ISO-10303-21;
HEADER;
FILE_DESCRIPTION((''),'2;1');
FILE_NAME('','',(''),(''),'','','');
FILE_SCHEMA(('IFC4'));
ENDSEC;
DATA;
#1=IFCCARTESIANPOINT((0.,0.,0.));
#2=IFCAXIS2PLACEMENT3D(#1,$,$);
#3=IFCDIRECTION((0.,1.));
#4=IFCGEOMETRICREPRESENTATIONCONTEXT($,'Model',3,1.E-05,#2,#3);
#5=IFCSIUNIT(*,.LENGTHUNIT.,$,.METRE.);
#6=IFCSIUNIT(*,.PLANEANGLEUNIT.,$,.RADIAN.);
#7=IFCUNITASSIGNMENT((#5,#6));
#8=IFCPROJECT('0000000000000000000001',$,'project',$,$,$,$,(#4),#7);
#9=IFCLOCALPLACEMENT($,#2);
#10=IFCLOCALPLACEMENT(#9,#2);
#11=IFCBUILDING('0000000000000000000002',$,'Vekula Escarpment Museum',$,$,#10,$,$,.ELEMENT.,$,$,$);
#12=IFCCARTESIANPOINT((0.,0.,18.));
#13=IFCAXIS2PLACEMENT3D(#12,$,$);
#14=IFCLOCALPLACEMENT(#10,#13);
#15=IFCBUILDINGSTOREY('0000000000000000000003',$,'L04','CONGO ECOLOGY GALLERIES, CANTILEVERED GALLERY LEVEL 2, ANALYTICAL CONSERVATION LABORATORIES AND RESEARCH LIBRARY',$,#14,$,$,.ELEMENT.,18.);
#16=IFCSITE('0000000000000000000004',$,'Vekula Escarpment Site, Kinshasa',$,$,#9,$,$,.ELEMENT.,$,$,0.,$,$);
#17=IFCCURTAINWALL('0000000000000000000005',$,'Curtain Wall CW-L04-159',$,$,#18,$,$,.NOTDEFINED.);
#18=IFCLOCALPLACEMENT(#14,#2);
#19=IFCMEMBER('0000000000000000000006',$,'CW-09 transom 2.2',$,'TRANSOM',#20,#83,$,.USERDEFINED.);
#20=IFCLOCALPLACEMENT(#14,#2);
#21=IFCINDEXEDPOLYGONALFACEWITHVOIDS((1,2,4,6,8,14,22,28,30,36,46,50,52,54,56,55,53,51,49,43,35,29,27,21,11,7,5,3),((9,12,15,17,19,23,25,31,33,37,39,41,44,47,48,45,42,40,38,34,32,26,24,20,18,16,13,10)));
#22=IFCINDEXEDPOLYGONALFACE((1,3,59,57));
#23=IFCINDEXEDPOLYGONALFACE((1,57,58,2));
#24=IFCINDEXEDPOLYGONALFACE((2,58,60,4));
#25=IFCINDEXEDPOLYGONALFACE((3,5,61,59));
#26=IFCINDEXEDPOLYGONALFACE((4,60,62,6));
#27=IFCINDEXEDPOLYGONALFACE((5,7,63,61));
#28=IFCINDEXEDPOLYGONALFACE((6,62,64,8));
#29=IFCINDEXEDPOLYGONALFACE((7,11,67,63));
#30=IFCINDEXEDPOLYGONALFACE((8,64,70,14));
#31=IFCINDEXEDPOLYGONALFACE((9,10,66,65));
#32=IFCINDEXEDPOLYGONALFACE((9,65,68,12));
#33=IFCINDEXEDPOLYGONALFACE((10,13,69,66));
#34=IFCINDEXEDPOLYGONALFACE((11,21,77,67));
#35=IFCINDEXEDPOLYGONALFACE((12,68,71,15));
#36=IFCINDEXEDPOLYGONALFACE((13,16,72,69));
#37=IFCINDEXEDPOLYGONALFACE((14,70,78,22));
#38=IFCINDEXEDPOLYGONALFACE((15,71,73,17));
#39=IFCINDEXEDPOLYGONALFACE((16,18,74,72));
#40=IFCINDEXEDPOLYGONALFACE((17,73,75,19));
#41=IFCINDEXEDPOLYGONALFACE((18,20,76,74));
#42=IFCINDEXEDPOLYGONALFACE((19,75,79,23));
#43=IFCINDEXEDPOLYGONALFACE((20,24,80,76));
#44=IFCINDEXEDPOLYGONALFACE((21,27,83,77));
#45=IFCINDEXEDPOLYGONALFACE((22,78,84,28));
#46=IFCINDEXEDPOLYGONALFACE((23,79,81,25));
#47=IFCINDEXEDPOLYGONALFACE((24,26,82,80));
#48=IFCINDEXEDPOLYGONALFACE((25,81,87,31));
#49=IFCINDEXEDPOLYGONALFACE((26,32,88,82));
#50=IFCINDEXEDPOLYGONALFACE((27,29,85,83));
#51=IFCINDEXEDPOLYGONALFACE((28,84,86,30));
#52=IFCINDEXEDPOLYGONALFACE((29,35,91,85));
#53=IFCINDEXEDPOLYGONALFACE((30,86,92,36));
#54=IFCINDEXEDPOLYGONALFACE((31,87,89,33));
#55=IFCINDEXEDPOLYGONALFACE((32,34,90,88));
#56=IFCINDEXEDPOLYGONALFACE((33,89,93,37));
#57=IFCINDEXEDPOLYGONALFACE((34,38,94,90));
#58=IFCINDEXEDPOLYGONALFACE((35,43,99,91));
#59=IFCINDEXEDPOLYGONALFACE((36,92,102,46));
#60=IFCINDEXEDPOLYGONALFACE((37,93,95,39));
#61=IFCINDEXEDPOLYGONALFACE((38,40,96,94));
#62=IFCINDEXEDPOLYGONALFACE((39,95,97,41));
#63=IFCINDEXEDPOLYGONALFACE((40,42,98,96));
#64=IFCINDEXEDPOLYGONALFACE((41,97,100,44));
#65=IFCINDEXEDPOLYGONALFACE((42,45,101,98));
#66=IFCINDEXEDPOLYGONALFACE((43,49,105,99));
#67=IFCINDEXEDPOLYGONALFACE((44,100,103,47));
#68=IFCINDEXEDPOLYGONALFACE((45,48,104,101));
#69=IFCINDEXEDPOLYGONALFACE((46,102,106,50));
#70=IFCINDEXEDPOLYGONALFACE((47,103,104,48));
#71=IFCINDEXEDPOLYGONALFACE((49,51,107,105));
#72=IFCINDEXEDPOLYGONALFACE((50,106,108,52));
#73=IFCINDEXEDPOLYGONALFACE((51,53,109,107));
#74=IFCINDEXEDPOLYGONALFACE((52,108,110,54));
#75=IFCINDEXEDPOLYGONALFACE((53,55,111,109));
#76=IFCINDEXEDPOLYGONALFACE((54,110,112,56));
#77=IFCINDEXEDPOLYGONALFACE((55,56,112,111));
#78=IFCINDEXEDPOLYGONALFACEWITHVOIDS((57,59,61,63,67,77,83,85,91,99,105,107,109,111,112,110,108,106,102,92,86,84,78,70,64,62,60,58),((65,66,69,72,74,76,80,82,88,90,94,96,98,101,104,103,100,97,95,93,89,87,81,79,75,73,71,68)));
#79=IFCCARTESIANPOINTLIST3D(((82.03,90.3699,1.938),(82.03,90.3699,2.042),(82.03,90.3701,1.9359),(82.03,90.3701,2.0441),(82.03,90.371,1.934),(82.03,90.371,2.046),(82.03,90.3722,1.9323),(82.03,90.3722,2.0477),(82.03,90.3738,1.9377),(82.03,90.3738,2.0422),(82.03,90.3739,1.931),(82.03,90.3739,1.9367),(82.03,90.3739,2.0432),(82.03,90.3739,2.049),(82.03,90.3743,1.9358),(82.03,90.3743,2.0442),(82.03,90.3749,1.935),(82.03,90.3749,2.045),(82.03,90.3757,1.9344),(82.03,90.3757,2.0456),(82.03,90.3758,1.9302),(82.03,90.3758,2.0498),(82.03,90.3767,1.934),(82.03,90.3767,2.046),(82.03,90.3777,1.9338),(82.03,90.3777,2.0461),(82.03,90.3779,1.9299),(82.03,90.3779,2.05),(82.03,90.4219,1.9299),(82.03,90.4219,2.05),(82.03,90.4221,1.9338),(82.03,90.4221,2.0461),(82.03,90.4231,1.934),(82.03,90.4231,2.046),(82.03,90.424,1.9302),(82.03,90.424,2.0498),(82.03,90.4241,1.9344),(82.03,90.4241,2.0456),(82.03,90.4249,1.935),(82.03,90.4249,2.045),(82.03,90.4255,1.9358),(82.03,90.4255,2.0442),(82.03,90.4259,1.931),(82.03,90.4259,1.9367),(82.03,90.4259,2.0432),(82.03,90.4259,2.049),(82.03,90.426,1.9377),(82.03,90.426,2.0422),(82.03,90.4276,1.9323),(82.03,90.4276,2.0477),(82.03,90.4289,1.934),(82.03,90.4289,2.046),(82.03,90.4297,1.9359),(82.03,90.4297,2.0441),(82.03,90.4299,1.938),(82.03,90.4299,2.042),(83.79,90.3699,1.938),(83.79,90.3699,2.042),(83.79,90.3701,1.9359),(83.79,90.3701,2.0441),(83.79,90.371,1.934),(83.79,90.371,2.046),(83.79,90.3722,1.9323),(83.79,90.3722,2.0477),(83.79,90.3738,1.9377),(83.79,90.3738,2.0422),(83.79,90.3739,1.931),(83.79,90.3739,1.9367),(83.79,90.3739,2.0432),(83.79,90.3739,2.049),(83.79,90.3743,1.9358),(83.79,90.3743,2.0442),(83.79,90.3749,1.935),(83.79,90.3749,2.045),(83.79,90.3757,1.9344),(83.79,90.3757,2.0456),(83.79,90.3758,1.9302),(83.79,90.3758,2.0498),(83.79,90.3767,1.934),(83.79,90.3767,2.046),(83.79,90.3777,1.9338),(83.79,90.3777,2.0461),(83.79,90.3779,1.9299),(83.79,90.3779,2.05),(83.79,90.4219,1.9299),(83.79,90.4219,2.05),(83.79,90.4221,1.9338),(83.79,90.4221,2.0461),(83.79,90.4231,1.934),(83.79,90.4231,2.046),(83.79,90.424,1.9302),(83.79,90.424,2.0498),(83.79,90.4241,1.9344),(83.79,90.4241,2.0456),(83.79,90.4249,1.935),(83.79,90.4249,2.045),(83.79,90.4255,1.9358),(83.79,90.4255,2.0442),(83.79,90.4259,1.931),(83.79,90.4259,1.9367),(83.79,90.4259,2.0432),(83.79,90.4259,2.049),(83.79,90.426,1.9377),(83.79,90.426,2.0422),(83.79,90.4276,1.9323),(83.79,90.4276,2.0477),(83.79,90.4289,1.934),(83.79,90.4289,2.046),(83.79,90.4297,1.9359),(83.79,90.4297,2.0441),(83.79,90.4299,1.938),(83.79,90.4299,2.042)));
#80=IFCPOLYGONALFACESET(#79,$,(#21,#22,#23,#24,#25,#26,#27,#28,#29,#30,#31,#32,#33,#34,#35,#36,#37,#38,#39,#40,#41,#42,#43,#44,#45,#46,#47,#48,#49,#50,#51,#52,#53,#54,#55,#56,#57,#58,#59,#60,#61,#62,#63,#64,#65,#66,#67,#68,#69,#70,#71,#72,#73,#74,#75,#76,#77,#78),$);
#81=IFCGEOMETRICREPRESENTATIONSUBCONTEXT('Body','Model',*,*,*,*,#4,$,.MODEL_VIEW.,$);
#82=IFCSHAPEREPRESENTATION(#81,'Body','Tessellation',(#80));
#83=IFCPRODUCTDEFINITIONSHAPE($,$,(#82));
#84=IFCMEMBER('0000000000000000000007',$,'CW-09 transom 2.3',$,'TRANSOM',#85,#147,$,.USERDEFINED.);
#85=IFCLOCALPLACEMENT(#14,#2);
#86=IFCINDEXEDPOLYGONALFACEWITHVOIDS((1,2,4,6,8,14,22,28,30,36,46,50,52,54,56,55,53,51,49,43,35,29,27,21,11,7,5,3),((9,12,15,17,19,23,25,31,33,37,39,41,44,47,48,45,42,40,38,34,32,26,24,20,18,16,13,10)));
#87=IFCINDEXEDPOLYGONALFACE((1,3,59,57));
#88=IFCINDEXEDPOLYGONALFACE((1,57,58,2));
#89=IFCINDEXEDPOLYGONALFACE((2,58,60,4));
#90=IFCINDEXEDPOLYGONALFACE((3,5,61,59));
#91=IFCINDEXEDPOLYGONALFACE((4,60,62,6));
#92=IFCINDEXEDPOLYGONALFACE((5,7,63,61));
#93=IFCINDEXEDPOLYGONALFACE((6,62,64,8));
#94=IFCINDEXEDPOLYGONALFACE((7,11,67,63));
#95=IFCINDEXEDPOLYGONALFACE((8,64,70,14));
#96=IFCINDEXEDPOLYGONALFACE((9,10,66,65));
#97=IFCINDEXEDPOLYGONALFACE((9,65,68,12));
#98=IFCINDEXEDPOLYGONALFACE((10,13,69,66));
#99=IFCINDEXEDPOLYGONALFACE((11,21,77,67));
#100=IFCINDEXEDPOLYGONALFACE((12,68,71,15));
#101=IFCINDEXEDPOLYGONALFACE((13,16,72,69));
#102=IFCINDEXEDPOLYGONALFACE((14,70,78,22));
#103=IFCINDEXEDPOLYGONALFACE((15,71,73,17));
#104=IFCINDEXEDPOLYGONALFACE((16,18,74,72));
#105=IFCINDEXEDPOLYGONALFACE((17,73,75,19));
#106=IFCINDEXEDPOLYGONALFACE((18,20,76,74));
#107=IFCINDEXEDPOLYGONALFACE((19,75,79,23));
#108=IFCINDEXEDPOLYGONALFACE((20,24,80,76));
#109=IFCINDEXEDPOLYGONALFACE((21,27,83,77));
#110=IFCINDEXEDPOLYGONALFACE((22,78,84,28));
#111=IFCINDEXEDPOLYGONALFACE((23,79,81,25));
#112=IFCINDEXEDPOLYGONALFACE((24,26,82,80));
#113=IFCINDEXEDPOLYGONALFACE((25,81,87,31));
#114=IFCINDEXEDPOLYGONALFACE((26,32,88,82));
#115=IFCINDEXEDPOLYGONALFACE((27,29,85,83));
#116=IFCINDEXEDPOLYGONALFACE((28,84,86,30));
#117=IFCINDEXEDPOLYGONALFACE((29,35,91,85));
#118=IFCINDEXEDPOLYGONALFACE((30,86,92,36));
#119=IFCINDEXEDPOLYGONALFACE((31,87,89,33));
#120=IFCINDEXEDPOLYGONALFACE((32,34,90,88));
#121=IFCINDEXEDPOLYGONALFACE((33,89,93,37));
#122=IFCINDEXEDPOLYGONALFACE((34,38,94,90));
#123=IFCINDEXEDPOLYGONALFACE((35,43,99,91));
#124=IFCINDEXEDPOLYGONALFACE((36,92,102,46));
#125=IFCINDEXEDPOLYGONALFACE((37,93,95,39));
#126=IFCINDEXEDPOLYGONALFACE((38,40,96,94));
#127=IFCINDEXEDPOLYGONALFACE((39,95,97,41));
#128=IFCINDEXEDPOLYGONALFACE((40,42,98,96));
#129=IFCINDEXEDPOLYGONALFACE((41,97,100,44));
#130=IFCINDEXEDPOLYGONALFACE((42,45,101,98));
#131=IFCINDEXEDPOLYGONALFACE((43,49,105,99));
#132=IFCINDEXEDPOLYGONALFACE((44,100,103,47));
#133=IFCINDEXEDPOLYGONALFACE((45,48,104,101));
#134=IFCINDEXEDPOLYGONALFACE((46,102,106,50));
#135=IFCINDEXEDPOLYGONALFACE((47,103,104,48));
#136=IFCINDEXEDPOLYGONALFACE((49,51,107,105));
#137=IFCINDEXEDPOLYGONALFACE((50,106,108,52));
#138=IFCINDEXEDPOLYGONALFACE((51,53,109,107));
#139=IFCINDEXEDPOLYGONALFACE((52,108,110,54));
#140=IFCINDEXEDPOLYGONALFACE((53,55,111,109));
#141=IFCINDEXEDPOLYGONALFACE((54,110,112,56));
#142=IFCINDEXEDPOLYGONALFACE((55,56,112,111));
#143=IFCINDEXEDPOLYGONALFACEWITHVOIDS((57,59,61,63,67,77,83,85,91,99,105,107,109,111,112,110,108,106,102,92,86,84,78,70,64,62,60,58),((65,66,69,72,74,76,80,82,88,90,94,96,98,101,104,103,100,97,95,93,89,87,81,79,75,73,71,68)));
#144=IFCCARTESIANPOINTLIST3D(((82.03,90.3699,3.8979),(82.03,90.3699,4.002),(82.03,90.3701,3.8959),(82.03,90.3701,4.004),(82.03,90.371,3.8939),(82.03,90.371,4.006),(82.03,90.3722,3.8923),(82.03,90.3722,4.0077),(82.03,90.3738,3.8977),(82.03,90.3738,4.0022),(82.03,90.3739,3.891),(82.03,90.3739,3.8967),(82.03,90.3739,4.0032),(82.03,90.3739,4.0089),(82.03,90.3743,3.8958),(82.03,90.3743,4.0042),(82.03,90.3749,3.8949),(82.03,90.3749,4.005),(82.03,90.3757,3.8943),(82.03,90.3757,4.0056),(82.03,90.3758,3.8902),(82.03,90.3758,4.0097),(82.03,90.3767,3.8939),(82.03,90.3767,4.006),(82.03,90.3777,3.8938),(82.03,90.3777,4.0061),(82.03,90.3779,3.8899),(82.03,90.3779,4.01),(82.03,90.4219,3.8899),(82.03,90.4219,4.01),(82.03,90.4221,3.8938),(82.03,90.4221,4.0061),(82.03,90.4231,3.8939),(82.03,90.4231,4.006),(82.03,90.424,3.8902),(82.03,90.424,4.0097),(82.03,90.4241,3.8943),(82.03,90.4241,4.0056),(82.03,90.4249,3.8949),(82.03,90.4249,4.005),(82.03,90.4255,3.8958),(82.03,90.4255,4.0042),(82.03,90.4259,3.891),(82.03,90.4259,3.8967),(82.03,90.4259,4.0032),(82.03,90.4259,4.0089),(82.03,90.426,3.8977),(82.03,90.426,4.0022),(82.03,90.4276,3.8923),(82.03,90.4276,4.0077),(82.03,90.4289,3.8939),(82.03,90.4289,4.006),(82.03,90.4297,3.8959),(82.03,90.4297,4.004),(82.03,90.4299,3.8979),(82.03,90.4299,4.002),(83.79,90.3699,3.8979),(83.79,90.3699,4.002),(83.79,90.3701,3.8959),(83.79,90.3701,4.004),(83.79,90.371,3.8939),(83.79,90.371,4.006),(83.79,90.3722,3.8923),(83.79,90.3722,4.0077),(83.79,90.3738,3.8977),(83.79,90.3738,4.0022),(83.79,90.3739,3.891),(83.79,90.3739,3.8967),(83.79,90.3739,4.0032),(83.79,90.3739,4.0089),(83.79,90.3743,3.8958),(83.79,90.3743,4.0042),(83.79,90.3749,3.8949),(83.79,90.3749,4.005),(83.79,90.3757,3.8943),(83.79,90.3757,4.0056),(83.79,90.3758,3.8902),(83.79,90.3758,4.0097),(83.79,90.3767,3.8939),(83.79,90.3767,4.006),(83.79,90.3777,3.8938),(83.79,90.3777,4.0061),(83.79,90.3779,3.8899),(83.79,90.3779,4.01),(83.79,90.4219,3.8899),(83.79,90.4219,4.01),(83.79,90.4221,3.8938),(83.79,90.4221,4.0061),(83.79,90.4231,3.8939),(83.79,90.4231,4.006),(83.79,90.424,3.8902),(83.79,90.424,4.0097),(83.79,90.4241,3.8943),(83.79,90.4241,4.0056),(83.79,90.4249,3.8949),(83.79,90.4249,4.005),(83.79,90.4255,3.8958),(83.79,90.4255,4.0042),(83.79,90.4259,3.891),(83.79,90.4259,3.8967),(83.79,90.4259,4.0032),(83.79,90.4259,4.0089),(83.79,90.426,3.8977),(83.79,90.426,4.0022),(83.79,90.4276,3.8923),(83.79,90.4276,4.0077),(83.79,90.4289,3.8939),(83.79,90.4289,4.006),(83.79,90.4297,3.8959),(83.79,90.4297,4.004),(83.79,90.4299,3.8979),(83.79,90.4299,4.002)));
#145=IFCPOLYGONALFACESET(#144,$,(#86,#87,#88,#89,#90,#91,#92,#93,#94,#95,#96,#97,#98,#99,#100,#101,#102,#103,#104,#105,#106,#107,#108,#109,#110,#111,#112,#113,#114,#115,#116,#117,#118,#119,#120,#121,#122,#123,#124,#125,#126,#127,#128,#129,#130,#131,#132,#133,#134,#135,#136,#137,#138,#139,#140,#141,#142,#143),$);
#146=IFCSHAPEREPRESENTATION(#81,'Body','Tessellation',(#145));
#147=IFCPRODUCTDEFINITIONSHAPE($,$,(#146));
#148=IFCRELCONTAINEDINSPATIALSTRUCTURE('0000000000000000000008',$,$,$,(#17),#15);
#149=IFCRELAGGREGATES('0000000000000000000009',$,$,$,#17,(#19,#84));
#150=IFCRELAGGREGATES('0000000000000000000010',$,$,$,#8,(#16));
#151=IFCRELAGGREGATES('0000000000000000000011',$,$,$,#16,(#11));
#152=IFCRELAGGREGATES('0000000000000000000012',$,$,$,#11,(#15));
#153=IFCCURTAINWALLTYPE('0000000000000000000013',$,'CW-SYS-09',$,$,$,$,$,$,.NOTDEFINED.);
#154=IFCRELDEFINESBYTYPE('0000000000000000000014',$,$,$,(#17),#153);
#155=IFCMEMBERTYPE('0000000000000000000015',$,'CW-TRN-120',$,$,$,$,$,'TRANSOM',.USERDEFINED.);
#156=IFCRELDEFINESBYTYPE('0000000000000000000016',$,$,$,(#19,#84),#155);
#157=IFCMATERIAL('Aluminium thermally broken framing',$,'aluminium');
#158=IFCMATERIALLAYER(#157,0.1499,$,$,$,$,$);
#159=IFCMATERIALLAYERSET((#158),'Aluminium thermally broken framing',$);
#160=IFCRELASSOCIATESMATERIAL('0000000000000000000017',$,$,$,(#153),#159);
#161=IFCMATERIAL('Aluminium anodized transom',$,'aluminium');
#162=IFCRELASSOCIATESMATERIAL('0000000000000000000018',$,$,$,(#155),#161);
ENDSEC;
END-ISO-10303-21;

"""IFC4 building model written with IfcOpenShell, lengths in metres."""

from ifc_helpers import new_model, si_unit, direction, frame, origin, origin_2d, place, context, subcontext, project, spatial, hollow_rectangle, extrude, material, layer, layer_set, material_profile, profile_set, type_object, element, aggregate, save


model = new_model("IFC4")

# Units and contexts
model_context = context("Model", 3, precision=1e-05, world=origin(), true_north=direction((0.0, 1.0)))
body_context = subcontext(model_context, "Body", "Model", "MODEL_VIEW")
ifc_project = project(units=[si_unit("LENGTHUNIT", "METRE"), si_unit("PLANEANGLEUNIT", "RADIAN")], contexts=[model_context])

# Site, building, storey
site_placement = place(None, origin())
site = spatial("IfcSite", under=ifc_project, at=site_placement, Name="Vekula Escarpment Site, Kinshasa", CompositionType="ELEMENT", RefElevation=0.0)
building_placement = place(site_placement, origin())
building = spatial("IfcBuilding", under=site, at=building_placement, Name="Vekula Escarpment Museum", CompositionType="ELEMENT")
storey_placement = place(building_placement, frame((0.0, 0.0, 18.0)))
storey = spatial("IfcBuildingStorey", under=building, at=storey_placement, Name="L04", Description="CONGO ECOLOGY GALLERIES, CANTILEVERED GALLERY LEVEL 2, ANALYTICAL CONSERVATION LABORATORIES AND RESEARCH LIBRARY", CompositionType="ELEMENT", Elevation=18.0)

# Curtain wall
ifc_material_1 = material(Name="Aluminium thermally broken framing", Category="aluminium")
ifc_layer_1 = layer(ifc_material_1, 0.1499)
ifc_layer_set_1 = layer_set([ifc_layer_1], Name="Aluminium thermally broken framing")
curtain_wall_type_1 = type_object("IfcCurtainWallType", Name="CW-SYS-09", PredefinedType="NOTDEFINED", material=ifc_layer_set_1)
curtain_wall_1_placement = place(storey_placement, origin())
curtain_wall_1 = element("IfcCurtainWall", 1, at=curtain_wall_1_placement, inside=storey, type_object=curtain_wall_type_1, Name="Curtain Wall CW-L04-159", PredefinedType="NOTDEFINED")

# Members
ifc_material_2 = material(Name="Aluminium anodized transom", Category="aluminium")
ifc_material_profile_1 = material_profile(ifc_material_2, hollow_rectangle(XDim=0.0601, YDim=0.1201, WallThickness=0.0039, InnerFilletRadius=0.0039, OuterFilletRadius=0.0081, at=origin_2d()), Name="ALU 120x60x4")
ifc_profile_set_1 = profile_set([ifc_material_profile_1], Name="Aluminium anodized transom")
member_type_1 = type_object("IfcMemberType", Name="CW-TRN-120", ElementType="TRANSOM", PredefinedType="USERDEFINED", material=ifc_profile_set_1)
member_1_placement = place(storey_placement, frame((83.79, 90.3999, 1.99), z_axis=(-1.0, 0.0, 0.0), x_axis=(0.0, -1.0, 0.0)))
member_1 = element("IfcMember", 2, at=member_1_placement, type_object=member_type_1, Name="CW-09 transom 2.2", ObjectType="TRANSOM", PredefinedType="USERDEFINED", context=body_context, shape_type="SweptSolid", body=[
    extrude(hollow_rectangle(XDim=0.0601, YDim=0.1201, WallThickness=0.0039, InnerFilletRadius=0.0039, OuterFilletRadius=0.0081, at=origin_2d()), origin(), (0.0, 0.0, 1.0), 1.76),
])
member_2_placement = place(storey_placement, frame((83.79, 90.3999, 3.95), z_axis=(-1.0, 0.0, 0.0), x_axis=(0.0, -1.0, 0.0)))
member_2 = element("IfcMember", 3, at=member_2_placement, type_object=member_type_1, Name="CW-09 transom 2.3", ObjectType="TRANSOM", PredefinedType="USERDEFINED", context=body_context, shape_type="SweptSolid", body=[
    extrude(hollow_rectangle(XDim=0.0601, YDim=0.1201, WallThickness=0.0039, InnerFilletRadius=0.0039, OuterFilletRadius=0.0081, at=origin_2d()), origin(), (0.0, 0.0, 1.0), 1.76),
])

aggregate(curtain_wall_1, [member_1, member_2])

save(model, "model.ifc")
